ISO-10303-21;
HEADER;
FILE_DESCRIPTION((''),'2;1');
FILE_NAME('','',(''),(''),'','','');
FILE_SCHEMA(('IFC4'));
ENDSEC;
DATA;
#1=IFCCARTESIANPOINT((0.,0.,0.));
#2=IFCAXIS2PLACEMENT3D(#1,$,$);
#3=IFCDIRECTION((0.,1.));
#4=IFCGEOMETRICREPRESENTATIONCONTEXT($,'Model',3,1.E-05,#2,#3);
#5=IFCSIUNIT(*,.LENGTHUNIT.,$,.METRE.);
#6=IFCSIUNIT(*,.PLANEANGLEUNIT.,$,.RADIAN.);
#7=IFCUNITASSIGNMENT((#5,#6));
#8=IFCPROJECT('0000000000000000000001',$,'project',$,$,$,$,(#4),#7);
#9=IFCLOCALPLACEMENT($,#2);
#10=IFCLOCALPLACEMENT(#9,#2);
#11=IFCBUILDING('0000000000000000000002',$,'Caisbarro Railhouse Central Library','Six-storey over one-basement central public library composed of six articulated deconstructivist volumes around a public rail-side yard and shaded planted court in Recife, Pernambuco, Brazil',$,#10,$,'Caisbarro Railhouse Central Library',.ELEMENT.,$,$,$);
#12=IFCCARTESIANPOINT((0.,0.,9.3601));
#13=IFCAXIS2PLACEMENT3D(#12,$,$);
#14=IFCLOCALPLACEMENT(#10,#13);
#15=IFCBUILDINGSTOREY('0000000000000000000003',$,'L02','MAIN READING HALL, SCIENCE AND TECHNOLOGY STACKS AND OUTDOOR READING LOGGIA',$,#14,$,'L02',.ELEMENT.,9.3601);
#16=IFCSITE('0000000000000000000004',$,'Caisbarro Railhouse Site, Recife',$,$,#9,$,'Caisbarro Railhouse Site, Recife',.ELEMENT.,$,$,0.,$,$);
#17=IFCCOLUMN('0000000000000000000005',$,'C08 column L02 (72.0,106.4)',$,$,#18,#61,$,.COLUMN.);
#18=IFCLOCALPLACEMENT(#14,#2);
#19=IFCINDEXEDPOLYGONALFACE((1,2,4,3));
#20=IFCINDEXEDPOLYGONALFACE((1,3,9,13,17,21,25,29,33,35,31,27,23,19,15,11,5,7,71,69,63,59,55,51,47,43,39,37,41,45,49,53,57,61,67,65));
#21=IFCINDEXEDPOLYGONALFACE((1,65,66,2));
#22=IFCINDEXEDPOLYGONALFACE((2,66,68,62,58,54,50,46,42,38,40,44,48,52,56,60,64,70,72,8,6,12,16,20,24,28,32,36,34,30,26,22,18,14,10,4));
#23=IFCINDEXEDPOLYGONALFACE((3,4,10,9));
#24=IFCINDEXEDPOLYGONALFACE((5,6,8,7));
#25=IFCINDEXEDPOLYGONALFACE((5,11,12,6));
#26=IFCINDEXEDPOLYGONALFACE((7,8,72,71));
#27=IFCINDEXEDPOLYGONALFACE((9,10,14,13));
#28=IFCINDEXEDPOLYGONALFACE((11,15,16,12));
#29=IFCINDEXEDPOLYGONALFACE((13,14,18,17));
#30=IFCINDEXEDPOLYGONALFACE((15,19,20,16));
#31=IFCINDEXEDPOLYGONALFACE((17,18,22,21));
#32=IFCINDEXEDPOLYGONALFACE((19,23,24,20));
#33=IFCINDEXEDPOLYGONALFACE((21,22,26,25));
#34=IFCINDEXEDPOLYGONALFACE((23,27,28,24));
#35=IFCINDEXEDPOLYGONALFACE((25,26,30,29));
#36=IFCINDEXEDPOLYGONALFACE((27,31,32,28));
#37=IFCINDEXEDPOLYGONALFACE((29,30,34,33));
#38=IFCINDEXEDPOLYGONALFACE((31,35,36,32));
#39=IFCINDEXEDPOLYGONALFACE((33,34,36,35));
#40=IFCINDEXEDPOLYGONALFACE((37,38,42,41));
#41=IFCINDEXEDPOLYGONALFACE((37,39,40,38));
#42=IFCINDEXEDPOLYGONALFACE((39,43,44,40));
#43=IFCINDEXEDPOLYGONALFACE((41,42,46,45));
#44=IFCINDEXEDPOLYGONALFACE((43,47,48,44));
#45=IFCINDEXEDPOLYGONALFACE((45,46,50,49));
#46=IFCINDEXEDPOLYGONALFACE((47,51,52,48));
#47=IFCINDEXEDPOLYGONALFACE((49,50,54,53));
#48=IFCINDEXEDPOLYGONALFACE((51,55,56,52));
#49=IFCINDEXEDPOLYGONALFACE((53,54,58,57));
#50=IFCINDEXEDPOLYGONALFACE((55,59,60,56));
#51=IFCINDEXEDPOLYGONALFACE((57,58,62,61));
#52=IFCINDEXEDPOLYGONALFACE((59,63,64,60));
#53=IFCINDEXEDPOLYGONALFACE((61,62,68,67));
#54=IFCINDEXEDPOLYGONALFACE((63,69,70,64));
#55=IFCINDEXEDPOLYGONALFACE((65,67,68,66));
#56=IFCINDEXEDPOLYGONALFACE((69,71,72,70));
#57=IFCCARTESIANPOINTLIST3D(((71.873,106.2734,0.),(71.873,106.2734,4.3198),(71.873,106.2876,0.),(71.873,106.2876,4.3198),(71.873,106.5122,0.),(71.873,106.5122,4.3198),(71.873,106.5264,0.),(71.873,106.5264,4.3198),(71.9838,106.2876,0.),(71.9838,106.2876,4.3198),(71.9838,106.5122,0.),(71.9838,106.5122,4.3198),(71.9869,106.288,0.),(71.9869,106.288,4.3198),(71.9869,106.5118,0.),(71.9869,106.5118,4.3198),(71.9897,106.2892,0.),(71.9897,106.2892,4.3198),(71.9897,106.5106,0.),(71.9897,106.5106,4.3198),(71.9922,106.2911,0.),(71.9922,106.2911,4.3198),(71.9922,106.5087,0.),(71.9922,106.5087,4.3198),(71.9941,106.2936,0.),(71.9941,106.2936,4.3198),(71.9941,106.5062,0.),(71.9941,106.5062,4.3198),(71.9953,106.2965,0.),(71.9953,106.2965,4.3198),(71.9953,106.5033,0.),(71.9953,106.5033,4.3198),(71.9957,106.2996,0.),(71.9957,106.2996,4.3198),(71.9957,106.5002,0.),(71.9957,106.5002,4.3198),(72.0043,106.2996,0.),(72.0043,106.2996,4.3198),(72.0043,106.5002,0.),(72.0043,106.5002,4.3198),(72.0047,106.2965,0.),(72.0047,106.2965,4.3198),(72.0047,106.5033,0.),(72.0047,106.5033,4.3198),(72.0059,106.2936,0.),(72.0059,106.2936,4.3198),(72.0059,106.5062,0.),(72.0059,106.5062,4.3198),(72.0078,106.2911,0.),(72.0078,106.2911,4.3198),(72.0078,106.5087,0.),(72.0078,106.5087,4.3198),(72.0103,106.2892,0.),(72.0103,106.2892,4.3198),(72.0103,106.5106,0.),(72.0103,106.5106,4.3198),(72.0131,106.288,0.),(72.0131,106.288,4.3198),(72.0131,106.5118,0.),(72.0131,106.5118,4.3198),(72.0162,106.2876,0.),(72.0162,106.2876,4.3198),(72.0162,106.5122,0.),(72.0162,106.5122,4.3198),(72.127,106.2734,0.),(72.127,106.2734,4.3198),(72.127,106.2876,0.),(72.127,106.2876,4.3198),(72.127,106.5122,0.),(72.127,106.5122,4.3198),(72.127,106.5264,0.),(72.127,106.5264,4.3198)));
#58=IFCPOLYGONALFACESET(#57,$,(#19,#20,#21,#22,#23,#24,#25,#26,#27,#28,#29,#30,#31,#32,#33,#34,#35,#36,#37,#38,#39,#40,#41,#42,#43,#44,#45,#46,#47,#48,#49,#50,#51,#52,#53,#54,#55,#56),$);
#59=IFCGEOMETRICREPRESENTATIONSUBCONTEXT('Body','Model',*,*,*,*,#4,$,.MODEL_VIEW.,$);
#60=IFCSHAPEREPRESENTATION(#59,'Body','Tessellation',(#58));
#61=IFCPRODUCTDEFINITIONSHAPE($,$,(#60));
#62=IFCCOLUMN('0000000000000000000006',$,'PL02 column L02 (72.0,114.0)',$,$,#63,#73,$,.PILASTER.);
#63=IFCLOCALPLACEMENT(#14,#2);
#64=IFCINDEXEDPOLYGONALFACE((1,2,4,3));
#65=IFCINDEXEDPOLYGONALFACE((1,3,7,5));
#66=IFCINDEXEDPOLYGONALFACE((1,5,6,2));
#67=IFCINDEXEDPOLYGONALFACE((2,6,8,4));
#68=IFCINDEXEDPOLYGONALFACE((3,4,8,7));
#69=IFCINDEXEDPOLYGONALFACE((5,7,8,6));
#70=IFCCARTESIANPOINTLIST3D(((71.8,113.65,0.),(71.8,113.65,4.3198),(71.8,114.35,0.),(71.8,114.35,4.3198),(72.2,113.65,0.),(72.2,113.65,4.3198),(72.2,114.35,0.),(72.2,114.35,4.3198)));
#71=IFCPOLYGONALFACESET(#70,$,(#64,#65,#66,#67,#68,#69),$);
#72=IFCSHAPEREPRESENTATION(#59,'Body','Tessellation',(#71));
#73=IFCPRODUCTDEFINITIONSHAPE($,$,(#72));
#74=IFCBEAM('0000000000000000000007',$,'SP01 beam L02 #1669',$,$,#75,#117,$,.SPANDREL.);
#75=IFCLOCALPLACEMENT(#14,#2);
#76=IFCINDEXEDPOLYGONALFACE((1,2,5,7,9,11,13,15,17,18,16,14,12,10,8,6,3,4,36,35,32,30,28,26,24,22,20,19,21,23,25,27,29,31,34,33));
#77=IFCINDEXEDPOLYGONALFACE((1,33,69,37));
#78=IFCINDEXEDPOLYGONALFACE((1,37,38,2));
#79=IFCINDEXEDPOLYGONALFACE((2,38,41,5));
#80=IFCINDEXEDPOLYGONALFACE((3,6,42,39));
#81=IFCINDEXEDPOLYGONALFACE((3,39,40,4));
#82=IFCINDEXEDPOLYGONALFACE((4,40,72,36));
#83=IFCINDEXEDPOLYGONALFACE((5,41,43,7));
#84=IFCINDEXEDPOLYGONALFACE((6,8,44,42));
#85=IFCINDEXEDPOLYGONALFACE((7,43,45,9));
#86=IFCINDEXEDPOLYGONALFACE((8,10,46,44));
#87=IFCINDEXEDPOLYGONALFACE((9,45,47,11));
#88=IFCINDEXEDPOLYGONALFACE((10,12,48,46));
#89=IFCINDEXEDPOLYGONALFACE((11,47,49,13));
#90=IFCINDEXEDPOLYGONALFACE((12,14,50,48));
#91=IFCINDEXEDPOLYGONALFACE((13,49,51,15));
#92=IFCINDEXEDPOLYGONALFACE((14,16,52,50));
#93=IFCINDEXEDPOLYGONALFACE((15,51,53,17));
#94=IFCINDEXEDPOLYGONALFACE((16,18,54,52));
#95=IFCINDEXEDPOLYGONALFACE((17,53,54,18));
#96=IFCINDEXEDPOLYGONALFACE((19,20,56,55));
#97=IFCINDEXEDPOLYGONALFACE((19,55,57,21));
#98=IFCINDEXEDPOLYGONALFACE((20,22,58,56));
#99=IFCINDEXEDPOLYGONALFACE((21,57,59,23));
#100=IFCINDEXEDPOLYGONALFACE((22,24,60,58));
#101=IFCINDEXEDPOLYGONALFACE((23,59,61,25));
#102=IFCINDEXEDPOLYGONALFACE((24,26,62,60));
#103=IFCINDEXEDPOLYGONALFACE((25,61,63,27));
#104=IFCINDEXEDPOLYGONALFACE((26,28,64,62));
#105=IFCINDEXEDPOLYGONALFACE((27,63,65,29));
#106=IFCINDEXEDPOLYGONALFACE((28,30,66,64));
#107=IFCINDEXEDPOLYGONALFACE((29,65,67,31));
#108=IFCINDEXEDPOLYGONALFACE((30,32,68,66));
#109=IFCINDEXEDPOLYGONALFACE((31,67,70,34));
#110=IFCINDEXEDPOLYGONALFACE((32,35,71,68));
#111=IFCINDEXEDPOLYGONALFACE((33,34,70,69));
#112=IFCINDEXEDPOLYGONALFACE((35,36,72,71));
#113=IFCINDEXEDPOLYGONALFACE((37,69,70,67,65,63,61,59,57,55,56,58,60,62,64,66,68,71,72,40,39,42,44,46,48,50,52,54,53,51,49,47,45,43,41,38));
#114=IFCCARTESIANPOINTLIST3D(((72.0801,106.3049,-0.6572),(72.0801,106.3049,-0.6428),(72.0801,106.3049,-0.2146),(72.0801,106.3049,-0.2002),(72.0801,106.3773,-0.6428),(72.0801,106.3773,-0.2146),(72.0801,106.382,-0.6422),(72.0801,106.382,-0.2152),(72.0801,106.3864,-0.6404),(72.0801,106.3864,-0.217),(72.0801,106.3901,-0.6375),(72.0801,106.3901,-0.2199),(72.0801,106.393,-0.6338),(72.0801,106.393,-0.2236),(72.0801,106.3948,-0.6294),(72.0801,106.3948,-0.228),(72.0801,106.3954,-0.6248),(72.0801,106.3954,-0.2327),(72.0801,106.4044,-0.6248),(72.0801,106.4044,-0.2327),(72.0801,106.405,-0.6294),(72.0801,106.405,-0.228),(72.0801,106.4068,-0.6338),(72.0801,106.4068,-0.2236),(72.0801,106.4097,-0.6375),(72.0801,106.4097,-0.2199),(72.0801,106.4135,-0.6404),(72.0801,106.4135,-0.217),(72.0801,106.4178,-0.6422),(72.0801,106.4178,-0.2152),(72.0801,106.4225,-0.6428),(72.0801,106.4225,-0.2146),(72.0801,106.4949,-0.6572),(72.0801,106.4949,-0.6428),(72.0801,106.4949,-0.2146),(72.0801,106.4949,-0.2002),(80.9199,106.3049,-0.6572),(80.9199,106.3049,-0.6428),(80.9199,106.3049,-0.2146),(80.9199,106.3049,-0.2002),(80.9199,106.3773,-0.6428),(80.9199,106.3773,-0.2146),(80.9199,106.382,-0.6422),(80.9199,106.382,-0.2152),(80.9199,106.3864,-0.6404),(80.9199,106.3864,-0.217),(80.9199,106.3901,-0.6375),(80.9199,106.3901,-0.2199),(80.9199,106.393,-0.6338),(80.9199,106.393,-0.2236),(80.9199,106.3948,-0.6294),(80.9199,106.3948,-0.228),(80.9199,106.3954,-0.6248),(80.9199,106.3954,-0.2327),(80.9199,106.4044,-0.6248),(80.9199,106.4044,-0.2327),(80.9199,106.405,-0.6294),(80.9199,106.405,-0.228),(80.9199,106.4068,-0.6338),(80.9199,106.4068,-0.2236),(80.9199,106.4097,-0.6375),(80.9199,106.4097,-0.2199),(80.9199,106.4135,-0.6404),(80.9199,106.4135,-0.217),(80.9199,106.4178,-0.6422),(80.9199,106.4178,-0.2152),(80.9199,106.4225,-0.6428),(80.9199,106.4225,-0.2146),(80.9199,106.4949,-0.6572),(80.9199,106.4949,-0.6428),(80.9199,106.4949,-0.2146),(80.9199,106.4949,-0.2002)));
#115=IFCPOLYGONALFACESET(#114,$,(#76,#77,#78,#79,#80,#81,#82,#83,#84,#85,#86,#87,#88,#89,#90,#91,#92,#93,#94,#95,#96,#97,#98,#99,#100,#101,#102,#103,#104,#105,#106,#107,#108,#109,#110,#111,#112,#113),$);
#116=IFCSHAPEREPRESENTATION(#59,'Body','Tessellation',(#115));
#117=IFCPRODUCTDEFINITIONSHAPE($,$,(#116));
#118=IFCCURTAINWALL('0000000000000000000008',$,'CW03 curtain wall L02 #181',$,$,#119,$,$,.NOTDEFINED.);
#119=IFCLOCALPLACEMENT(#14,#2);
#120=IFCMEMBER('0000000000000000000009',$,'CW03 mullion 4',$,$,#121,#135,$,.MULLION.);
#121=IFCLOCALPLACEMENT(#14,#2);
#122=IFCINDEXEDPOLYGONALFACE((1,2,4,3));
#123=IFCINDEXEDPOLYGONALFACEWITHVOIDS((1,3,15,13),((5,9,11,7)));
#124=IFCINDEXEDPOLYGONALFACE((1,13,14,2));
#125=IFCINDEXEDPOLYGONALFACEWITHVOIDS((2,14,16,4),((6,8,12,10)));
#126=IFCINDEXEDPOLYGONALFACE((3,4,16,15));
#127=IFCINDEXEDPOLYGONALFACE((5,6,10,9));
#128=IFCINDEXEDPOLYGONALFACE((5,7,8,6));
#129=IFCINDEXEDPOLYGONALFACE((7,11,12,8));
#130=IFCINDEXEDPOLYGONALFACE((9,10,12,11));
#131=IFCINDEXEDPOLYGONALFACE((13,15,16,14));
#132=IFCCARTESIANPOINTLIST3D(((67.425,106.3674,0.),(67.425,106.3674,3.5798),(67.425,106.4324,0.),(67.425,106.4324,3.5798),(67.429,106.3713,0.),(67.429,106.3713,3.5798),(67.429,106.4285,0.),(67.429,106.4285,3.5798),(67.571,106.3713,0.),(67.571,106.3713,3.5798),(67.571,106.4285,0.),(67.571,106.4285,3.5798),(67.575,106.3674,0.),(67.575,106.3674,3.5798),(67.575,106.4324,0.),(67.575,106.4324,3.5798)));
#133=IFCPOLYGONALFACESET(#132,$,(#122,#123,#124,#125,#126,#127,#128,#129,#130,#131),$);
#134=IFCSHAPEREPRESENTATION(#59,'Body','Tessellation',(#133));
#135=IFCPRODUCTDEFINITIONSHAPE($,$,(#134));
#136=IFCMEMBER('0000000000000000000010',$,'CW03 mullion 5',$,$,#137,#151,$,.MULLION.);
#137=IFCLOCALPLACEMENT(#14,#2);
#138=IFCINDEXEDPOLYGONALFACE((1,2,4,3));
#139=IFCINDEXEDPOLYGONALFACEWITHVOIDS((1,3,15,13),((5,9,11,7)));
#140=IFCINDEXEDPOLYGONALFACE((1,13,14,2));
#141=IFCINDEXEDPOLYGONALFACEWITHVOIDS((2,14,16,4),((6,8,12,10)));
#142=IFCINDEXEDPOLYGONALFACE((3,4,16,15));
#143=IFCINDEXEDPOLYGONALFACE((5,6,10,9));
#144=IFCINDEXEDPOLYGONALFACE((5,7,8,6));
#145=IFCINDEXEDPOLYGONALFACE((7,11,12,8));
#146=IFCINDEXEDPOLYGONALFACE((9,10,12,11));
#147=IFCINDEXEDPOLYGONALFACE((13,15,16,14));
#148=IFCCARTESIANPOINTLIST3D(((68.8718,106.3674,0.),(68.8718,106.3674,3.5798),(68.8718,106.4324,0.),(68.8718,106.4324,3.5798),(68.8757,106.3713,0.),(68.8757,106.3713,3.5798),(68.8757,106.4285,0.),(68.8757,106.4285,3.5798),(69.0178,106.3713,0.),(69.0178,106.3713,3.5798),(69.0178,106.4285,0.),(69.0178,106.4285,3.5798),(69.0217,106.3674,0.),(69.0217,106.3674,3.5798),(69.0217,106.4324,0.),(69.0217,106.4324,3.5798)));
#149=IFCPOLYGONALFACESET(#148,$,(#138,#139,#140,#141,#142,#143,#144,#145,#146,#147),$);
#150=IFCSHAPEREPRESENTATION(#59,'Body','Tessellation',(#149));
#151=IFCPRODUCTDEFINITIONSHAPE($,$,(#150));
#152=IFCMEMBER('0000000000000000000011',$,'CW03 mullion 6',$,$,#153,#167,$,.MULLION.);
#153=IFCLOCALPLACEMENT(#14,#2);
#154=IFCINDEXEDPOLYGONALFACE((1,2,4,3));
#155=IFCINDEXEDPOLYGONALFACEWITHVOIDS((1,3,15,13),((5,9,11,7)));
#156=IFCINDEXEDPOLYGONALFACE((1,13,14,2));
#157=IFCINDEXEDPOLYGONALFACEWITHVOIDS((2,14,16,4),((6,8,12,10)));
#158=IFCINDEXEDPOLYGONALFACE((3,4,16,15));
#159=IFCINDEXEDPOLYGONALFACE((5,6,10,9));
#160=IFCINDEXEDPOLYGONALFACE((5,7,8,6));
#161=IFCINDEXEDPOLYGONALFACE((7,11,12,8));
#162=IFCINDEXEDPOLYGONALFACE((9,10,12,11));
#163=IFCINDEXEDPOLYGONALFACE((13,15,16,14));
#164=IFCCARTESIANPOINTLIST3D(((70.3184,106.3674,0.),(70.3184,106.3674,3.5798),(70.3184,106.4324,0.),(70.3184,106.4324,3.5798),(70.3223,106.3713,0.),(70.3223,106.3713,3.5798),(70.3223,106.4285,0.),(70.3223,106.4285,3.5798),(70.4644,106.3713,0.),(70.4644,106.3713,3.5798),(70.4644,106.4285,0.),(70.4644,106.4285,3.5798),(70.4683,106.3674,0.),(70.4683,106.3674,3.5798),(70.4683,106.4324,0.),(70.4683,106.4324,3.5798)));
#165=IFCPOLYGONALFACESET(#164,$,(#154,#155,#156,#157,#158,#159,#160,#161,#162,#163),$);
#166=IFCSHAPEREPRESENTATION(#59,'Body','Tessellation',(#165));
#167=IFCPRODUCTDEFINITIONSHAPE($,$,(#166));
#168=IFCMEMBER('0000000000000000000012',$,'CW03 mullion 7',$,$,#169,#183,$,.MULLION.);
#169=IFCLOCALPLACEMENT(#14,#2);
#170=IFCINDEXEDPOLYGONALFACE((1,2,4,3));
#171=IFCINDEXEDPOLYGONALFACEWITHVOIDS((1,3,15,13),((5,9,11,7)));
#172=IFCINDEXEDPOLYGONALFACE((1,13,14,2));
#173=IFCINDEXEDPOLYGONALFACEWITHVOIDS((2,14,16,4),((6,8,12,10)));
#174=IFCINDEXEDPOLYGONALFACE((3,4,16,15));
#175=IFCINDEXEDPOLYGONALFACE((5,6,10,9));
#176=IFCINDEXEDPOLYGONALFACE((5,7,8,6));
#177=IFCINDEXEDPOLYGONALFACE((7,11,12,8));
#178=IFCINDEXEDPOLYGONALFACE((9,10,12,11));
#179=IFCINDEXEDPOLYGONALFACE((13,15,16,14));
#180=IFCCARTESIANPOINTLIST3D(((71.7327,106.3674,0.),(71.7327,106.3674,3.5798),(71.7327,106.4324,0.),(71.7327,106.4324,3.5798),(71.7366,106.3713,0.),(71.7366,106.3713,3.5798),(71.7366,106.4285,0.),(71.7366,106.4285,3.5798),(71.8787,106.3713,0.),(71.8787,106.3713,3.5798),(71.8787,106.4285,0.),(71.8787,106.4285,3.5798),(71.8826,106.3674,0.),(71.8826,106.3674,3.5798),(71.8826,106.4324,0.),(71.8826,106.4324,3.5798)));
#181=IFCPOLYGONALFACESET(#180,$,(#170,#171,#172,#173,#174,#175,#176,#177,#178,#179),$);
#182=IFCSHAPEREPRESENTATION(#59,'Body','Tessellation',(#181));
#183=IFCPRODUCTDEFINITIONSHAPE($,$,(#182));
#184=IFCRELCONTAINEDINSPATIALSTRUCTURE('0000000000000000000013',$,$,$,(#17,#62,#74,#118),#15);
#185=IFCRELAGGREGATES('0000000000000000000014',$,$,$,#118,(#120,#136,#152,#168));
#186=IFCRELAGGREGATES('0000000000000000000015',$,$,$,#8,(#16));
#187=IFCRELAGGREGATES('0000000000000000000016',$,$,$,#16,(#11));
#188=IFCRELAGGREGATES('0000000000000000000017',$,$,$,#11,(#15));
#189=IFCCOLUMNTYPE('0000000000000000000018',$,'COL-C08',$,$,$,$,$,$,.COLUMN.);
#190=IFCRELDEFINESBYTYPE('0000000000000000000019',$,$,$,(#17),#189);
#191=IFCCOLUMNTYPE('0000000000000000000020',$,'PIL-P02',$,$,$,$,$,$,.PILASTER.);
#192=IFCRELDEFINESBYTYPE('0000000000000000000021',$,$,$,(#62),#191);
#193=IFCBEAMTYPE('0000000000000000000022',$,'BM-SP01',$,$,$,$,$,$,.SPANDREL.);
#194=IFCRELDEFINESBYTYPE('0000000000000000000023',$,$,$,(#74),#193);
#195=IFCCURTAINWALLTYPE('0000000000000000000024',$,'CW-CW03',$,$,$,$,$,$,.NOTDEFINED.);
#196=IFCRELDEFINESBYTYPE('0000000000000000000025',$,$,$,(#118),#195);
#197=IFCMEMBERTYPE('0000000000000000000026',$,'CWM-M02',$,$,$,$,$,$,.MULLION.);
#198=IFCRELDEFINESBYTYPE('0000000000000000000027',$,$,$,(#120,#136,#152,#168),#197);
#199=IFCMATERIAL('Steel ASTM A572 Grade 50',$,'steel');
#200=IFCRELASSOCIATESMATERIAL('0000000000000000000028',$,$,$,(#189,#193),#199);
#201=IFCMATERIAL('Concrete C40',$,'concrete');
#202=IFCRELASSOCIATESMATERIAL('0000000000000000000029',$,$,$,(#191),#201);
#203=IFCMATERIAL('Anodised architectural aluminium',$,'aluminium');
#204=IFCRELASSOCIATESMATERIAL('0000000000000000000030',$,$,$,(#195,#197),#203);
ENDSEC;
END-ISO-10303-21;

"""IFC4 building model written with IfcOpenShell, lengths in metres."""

from ifc_helpers import new_model, si_unit, direction, frame, origin, origin_2d, place, context, subcontext, project, spatial, rectangle, hollow_rectangle, i_section, extrude, material, material_profile, profile_set, type_object, element, aggregate, save


model = new_model("IFC4")

# Units and contexts
model_context = context("Model", 3, precision=1e-05, world=origin(), true_north=direction((0.0, 1.0)))
body_context = subcontext(model_context, "Body", "Model", "MODEL_VIEW")
ifc_project = project(units=[si_unit("LENGTHUNIT", "METRE"), si_unit("PLANEANGLEUNIT", "RADIAN")], contexts=[model_context])

# Site, building, storey
site_placement = place(None, origin())
site = spatial("IfcSite", under=ifc_project, at=site_placement, Name="Caisbarro Railhouse Site, Recife", LongName="Caisbarro Railhouse Site, Recife", CompositionType="ELEMENT", RefElevation=0.0)
building_placement = place(site_placement, origin())
building = spatial("IfcBuilding", under=site, at=building_placement, Name="Caisbarro Railhouse Central Library", Description="Six-storey over one-basement central public library composed of six articulated deconstructivist volumes around a public rail-side yard and shaded planted court in Recife, Pernambuco, Brazil", LongName="Caisbarro Railhouse Central Library", CompositionType="ELEMENT")
storey_placement = place(building_placement, frame((0.0, 0.0, 9.3601)))
storey = spatial("IfcBuildingStorey", under=building, at=storey_placement, Name="L02", Description="MAIN READING HALL, SCIENCE AND TECHNOLOGY STACKS AND OUTDOOR READING LOGGIA", LongName="L02", CompositionType="ELEMENT", Elevation=9.3601)

# Columns
ifc_material_1 = material(Name="Steel ASTM A572 Grade 50", Category="steel")
ifc_material_profile_1 = material_profile(ifc_material_1, i_section(OverallWidth=0.2539, OverallDepth=0.2529, WebThickness=0.0085, FlangeThickness=0.0142, FilletRadius=0.012, at=origin_2d()), Name="W250X73.0")
ifc_profile_set_1 = profile_set([ifc_material_profile_1], Name="Steel ASTM A572 Grade 50")
column_type_1 = type_object("IfcColumnType", Name="COL-C08", PredefinedType="COLUMN", material=ifc_profile_set_1)
column_1_placement = place(storey_placement, frame((72.0, 106.3999, 0.0), z_axis=(0.0, 0.0, 1.0), x_axis=(1.0, 0.0, 0.0)))
element("IfcColumn", 1, at=column_1_placement, inside=storey, type_object=column_type_1, Name="C08 column L02 (72.0,106.4)", PredefinedType="COLUMN", context=body_context, shape_type="SweptSolid", body=[
    extrude(i_section(OverallWidth=0.2539, OverallDepth=0.2529, WebThickness=0.0085, FlangeThickness=0.0142, FilletRadius=0.012, at=origin_2d()), origin(), (0.0, 0.0, 1.0), 4.3198),
])
ifc_material_2 = material(Name="Concrete C40", Category="concrete")
ifc_material_profile_2 = material_profile(ifc_material_2, rectangle(XDim=0.3999, YDim=0.7, at=origin_2d()), Name="RC-PIL-400X700")
ifc_profile_set_2 = profile_set([ifc_material_profile_2], Name="Concrete C40")
column_type_2 = type_object("IfcColumnType", Name="PIL-P02", PredefinedType="PILASTER", material=ifc_profile_set_2)
column_2_placement = place(storey_placement, frame((72.0, 114.0, 0.0), z_axis=(0.0, 0.0, 1.0), x_axis=(1.0, 0.0, 0.0)))
element("IfcColumn", 2, at=column_2_placement, inside=storey, type_object=column_type_2, Name="PL02 column L02 (72.0,114.0)", PredefinedType="PILASTER", context=body_context, shape_type="SweptSolid", body=[
    extrude(rectangle(XDim=0.3999, YDim=0.7, at=origin_2d()), origin(), (0.0, 0.0, 1.0), 4.3198),
])

# Beam
ifc_material_profile_3 = material_profile(ifc_material_1, i_section(OverallWidth=0.1899, OverallDepth=0.457, WebThickness=0.009, FlangeThickness=0.0144, FilletRadius=0.0181, at=origin_2d()), Name="W460X74.0")
ifc_profile_set_3 = profile_set([ifc_material_profile_3], Name="Steel ASTM A572 Grade 50")
beam_type = type_object("IfcBeamType", Name="BM-SP01", PredefinedType="SPANDREL", material=ifc_profile_set_3)
beam_placement = place(storey_placement, frame((72.0801, 106.3999, -0.4287), z_axis=(1.0, 0.0, 0.0), x_axis=(0.0, 1.0, 0.0)))
element("IfcBeam", 3, at=beam_placement, inside=storey, type_object=beam_type, Name="SP01 beam L02 #1669", PredefinedType="SPANDREL", context=body_context, shape_type="SweptSolid", body=[
    extrude(i_section(OverallWidth=0.1899, OverallDepth=0.457, WebThickness=0.009, FlangeThickness=0.0144, FilletRadius=0.0181, at=origin_2d()), origin(), (0.0, 0.0, 1.0), 8.8398),
])

# Curtain wall, members
ifc_material_3 = material(Name="Anodised architectural aluminium", Category="aluminium")
curtain_wall_type = type_object("IfcCurtainWallType", Name="CW-CW03", PredefinedType="NOTDEFINED", material=ifc_material_3)
curtain_wall_1_placement = place(storey_placement, origin())
curtain_wall_1 = element("IfcCurtainWall", 4, at=curtain_wall_1_placement, inside=storey, type_object=curtain_wall_type, Name="CW03 curtain wall L02 #181", PredefinedType="NOTDEFINED")
ifc_material_profile_4 = material_profile(ifc_material_3, hollow_rectangle(XDim=0.0649, YDim=0.1499, WallThickness=0.0039, at=origin_2d()), Name="ALU-MUL-65X150")
ifc_profile_set_4 = profile_set([ifc_material_profile_4], Name="Anodised architectural aluminium")
member_type_1 = type_object("IfcMemberType", Name="CWM-M02", PredefinedType="MULLION", material=ifc_profile_set_4)
member_1_placement = place(storey_placement, frame((67.5, 106.3999, 0.0), z_axis=(0.0, 0.0, 1.0), x_axis=(0.0, 1.0, 0.0)))
member_1 = element("IfcMember", 5, at=member_1_placement, type_object=member_type_1, Name="CW03 mullion 4", PredefinedType="MULLION", context=body_context, shape_type="SweptSolid", body=[
    extrude(hollow_rectangle(XDim=0.0649, YDim=0.1499, WallThickness=0.0039, at=origin_2d()), origin(), (0.0, 0.0, 1.0), 3.5798),
])
member_2_placement = place(storey_placement, frame((68.9468, 106.3999, 0.0), z_axis=(0.0, 0.0, 1.0), x_axis=(0.0, 1.0, 0.0)))
member_2 = element("IfcMember", 6, at=member_2_placement, type_object=member_type_1, Name="CW03 mullion 5", PredefinedType="MULLION", context=body_context, shape_type="SweptSolid", body=[
    extrude(hollow_rectangle(XDim=0.0649, YDim=0.1499, WallThickness=0.0039, at=origin_2d()), origin(), (0.0, 0.0, 1.0), 3.5798),
])
member_3_placement = place(storey_placement, frame((70.3933, 106.3999, 0.0), z_axis=(0.0, 0.0, 1.0), x_axis=(0.0, 1.0, 0.0)))
member_3 = element("IfcMember", 7, at=member_3_placement, type_object=member_type_1, Name="CW03 mullion 6", PredefinedType="MULLION", context=body_context, shape_type="SweptSolid", body=[
    extrude(hollow_rectangle(XDim=0.0649, YDim=0.1499, WallThickness=0.0039, at=origin_2d()), origin(), (0.0, 0.0, 1.0), 3.5798),
])
member_4_placement = place(storey_placement, frame((71.8076, 106.3999, 0.0), z_axis=(0.0, 0.0, 1.0), x_axis=(0.0, 1.0, 0.0)))
member_4 = element("IfcMember", 8, at=member_4_placement, type_object=member_type_1, Name="CW03 mullion 7", PredefinedType="MULLION", context=body_context, shape_type="SweptSolid", body=[
    extrude(hollow_rectangle(XDim=0.0649, YDim=0.1499, WallThickness=0.0039, at=origin_2d()), origin(), (0.0, 0.0, 1.0), 3.5798),
])

aggregate(curtain_wall_1, [member_1, member_2, member_3, member_4])

save(model, "model.ifc")
